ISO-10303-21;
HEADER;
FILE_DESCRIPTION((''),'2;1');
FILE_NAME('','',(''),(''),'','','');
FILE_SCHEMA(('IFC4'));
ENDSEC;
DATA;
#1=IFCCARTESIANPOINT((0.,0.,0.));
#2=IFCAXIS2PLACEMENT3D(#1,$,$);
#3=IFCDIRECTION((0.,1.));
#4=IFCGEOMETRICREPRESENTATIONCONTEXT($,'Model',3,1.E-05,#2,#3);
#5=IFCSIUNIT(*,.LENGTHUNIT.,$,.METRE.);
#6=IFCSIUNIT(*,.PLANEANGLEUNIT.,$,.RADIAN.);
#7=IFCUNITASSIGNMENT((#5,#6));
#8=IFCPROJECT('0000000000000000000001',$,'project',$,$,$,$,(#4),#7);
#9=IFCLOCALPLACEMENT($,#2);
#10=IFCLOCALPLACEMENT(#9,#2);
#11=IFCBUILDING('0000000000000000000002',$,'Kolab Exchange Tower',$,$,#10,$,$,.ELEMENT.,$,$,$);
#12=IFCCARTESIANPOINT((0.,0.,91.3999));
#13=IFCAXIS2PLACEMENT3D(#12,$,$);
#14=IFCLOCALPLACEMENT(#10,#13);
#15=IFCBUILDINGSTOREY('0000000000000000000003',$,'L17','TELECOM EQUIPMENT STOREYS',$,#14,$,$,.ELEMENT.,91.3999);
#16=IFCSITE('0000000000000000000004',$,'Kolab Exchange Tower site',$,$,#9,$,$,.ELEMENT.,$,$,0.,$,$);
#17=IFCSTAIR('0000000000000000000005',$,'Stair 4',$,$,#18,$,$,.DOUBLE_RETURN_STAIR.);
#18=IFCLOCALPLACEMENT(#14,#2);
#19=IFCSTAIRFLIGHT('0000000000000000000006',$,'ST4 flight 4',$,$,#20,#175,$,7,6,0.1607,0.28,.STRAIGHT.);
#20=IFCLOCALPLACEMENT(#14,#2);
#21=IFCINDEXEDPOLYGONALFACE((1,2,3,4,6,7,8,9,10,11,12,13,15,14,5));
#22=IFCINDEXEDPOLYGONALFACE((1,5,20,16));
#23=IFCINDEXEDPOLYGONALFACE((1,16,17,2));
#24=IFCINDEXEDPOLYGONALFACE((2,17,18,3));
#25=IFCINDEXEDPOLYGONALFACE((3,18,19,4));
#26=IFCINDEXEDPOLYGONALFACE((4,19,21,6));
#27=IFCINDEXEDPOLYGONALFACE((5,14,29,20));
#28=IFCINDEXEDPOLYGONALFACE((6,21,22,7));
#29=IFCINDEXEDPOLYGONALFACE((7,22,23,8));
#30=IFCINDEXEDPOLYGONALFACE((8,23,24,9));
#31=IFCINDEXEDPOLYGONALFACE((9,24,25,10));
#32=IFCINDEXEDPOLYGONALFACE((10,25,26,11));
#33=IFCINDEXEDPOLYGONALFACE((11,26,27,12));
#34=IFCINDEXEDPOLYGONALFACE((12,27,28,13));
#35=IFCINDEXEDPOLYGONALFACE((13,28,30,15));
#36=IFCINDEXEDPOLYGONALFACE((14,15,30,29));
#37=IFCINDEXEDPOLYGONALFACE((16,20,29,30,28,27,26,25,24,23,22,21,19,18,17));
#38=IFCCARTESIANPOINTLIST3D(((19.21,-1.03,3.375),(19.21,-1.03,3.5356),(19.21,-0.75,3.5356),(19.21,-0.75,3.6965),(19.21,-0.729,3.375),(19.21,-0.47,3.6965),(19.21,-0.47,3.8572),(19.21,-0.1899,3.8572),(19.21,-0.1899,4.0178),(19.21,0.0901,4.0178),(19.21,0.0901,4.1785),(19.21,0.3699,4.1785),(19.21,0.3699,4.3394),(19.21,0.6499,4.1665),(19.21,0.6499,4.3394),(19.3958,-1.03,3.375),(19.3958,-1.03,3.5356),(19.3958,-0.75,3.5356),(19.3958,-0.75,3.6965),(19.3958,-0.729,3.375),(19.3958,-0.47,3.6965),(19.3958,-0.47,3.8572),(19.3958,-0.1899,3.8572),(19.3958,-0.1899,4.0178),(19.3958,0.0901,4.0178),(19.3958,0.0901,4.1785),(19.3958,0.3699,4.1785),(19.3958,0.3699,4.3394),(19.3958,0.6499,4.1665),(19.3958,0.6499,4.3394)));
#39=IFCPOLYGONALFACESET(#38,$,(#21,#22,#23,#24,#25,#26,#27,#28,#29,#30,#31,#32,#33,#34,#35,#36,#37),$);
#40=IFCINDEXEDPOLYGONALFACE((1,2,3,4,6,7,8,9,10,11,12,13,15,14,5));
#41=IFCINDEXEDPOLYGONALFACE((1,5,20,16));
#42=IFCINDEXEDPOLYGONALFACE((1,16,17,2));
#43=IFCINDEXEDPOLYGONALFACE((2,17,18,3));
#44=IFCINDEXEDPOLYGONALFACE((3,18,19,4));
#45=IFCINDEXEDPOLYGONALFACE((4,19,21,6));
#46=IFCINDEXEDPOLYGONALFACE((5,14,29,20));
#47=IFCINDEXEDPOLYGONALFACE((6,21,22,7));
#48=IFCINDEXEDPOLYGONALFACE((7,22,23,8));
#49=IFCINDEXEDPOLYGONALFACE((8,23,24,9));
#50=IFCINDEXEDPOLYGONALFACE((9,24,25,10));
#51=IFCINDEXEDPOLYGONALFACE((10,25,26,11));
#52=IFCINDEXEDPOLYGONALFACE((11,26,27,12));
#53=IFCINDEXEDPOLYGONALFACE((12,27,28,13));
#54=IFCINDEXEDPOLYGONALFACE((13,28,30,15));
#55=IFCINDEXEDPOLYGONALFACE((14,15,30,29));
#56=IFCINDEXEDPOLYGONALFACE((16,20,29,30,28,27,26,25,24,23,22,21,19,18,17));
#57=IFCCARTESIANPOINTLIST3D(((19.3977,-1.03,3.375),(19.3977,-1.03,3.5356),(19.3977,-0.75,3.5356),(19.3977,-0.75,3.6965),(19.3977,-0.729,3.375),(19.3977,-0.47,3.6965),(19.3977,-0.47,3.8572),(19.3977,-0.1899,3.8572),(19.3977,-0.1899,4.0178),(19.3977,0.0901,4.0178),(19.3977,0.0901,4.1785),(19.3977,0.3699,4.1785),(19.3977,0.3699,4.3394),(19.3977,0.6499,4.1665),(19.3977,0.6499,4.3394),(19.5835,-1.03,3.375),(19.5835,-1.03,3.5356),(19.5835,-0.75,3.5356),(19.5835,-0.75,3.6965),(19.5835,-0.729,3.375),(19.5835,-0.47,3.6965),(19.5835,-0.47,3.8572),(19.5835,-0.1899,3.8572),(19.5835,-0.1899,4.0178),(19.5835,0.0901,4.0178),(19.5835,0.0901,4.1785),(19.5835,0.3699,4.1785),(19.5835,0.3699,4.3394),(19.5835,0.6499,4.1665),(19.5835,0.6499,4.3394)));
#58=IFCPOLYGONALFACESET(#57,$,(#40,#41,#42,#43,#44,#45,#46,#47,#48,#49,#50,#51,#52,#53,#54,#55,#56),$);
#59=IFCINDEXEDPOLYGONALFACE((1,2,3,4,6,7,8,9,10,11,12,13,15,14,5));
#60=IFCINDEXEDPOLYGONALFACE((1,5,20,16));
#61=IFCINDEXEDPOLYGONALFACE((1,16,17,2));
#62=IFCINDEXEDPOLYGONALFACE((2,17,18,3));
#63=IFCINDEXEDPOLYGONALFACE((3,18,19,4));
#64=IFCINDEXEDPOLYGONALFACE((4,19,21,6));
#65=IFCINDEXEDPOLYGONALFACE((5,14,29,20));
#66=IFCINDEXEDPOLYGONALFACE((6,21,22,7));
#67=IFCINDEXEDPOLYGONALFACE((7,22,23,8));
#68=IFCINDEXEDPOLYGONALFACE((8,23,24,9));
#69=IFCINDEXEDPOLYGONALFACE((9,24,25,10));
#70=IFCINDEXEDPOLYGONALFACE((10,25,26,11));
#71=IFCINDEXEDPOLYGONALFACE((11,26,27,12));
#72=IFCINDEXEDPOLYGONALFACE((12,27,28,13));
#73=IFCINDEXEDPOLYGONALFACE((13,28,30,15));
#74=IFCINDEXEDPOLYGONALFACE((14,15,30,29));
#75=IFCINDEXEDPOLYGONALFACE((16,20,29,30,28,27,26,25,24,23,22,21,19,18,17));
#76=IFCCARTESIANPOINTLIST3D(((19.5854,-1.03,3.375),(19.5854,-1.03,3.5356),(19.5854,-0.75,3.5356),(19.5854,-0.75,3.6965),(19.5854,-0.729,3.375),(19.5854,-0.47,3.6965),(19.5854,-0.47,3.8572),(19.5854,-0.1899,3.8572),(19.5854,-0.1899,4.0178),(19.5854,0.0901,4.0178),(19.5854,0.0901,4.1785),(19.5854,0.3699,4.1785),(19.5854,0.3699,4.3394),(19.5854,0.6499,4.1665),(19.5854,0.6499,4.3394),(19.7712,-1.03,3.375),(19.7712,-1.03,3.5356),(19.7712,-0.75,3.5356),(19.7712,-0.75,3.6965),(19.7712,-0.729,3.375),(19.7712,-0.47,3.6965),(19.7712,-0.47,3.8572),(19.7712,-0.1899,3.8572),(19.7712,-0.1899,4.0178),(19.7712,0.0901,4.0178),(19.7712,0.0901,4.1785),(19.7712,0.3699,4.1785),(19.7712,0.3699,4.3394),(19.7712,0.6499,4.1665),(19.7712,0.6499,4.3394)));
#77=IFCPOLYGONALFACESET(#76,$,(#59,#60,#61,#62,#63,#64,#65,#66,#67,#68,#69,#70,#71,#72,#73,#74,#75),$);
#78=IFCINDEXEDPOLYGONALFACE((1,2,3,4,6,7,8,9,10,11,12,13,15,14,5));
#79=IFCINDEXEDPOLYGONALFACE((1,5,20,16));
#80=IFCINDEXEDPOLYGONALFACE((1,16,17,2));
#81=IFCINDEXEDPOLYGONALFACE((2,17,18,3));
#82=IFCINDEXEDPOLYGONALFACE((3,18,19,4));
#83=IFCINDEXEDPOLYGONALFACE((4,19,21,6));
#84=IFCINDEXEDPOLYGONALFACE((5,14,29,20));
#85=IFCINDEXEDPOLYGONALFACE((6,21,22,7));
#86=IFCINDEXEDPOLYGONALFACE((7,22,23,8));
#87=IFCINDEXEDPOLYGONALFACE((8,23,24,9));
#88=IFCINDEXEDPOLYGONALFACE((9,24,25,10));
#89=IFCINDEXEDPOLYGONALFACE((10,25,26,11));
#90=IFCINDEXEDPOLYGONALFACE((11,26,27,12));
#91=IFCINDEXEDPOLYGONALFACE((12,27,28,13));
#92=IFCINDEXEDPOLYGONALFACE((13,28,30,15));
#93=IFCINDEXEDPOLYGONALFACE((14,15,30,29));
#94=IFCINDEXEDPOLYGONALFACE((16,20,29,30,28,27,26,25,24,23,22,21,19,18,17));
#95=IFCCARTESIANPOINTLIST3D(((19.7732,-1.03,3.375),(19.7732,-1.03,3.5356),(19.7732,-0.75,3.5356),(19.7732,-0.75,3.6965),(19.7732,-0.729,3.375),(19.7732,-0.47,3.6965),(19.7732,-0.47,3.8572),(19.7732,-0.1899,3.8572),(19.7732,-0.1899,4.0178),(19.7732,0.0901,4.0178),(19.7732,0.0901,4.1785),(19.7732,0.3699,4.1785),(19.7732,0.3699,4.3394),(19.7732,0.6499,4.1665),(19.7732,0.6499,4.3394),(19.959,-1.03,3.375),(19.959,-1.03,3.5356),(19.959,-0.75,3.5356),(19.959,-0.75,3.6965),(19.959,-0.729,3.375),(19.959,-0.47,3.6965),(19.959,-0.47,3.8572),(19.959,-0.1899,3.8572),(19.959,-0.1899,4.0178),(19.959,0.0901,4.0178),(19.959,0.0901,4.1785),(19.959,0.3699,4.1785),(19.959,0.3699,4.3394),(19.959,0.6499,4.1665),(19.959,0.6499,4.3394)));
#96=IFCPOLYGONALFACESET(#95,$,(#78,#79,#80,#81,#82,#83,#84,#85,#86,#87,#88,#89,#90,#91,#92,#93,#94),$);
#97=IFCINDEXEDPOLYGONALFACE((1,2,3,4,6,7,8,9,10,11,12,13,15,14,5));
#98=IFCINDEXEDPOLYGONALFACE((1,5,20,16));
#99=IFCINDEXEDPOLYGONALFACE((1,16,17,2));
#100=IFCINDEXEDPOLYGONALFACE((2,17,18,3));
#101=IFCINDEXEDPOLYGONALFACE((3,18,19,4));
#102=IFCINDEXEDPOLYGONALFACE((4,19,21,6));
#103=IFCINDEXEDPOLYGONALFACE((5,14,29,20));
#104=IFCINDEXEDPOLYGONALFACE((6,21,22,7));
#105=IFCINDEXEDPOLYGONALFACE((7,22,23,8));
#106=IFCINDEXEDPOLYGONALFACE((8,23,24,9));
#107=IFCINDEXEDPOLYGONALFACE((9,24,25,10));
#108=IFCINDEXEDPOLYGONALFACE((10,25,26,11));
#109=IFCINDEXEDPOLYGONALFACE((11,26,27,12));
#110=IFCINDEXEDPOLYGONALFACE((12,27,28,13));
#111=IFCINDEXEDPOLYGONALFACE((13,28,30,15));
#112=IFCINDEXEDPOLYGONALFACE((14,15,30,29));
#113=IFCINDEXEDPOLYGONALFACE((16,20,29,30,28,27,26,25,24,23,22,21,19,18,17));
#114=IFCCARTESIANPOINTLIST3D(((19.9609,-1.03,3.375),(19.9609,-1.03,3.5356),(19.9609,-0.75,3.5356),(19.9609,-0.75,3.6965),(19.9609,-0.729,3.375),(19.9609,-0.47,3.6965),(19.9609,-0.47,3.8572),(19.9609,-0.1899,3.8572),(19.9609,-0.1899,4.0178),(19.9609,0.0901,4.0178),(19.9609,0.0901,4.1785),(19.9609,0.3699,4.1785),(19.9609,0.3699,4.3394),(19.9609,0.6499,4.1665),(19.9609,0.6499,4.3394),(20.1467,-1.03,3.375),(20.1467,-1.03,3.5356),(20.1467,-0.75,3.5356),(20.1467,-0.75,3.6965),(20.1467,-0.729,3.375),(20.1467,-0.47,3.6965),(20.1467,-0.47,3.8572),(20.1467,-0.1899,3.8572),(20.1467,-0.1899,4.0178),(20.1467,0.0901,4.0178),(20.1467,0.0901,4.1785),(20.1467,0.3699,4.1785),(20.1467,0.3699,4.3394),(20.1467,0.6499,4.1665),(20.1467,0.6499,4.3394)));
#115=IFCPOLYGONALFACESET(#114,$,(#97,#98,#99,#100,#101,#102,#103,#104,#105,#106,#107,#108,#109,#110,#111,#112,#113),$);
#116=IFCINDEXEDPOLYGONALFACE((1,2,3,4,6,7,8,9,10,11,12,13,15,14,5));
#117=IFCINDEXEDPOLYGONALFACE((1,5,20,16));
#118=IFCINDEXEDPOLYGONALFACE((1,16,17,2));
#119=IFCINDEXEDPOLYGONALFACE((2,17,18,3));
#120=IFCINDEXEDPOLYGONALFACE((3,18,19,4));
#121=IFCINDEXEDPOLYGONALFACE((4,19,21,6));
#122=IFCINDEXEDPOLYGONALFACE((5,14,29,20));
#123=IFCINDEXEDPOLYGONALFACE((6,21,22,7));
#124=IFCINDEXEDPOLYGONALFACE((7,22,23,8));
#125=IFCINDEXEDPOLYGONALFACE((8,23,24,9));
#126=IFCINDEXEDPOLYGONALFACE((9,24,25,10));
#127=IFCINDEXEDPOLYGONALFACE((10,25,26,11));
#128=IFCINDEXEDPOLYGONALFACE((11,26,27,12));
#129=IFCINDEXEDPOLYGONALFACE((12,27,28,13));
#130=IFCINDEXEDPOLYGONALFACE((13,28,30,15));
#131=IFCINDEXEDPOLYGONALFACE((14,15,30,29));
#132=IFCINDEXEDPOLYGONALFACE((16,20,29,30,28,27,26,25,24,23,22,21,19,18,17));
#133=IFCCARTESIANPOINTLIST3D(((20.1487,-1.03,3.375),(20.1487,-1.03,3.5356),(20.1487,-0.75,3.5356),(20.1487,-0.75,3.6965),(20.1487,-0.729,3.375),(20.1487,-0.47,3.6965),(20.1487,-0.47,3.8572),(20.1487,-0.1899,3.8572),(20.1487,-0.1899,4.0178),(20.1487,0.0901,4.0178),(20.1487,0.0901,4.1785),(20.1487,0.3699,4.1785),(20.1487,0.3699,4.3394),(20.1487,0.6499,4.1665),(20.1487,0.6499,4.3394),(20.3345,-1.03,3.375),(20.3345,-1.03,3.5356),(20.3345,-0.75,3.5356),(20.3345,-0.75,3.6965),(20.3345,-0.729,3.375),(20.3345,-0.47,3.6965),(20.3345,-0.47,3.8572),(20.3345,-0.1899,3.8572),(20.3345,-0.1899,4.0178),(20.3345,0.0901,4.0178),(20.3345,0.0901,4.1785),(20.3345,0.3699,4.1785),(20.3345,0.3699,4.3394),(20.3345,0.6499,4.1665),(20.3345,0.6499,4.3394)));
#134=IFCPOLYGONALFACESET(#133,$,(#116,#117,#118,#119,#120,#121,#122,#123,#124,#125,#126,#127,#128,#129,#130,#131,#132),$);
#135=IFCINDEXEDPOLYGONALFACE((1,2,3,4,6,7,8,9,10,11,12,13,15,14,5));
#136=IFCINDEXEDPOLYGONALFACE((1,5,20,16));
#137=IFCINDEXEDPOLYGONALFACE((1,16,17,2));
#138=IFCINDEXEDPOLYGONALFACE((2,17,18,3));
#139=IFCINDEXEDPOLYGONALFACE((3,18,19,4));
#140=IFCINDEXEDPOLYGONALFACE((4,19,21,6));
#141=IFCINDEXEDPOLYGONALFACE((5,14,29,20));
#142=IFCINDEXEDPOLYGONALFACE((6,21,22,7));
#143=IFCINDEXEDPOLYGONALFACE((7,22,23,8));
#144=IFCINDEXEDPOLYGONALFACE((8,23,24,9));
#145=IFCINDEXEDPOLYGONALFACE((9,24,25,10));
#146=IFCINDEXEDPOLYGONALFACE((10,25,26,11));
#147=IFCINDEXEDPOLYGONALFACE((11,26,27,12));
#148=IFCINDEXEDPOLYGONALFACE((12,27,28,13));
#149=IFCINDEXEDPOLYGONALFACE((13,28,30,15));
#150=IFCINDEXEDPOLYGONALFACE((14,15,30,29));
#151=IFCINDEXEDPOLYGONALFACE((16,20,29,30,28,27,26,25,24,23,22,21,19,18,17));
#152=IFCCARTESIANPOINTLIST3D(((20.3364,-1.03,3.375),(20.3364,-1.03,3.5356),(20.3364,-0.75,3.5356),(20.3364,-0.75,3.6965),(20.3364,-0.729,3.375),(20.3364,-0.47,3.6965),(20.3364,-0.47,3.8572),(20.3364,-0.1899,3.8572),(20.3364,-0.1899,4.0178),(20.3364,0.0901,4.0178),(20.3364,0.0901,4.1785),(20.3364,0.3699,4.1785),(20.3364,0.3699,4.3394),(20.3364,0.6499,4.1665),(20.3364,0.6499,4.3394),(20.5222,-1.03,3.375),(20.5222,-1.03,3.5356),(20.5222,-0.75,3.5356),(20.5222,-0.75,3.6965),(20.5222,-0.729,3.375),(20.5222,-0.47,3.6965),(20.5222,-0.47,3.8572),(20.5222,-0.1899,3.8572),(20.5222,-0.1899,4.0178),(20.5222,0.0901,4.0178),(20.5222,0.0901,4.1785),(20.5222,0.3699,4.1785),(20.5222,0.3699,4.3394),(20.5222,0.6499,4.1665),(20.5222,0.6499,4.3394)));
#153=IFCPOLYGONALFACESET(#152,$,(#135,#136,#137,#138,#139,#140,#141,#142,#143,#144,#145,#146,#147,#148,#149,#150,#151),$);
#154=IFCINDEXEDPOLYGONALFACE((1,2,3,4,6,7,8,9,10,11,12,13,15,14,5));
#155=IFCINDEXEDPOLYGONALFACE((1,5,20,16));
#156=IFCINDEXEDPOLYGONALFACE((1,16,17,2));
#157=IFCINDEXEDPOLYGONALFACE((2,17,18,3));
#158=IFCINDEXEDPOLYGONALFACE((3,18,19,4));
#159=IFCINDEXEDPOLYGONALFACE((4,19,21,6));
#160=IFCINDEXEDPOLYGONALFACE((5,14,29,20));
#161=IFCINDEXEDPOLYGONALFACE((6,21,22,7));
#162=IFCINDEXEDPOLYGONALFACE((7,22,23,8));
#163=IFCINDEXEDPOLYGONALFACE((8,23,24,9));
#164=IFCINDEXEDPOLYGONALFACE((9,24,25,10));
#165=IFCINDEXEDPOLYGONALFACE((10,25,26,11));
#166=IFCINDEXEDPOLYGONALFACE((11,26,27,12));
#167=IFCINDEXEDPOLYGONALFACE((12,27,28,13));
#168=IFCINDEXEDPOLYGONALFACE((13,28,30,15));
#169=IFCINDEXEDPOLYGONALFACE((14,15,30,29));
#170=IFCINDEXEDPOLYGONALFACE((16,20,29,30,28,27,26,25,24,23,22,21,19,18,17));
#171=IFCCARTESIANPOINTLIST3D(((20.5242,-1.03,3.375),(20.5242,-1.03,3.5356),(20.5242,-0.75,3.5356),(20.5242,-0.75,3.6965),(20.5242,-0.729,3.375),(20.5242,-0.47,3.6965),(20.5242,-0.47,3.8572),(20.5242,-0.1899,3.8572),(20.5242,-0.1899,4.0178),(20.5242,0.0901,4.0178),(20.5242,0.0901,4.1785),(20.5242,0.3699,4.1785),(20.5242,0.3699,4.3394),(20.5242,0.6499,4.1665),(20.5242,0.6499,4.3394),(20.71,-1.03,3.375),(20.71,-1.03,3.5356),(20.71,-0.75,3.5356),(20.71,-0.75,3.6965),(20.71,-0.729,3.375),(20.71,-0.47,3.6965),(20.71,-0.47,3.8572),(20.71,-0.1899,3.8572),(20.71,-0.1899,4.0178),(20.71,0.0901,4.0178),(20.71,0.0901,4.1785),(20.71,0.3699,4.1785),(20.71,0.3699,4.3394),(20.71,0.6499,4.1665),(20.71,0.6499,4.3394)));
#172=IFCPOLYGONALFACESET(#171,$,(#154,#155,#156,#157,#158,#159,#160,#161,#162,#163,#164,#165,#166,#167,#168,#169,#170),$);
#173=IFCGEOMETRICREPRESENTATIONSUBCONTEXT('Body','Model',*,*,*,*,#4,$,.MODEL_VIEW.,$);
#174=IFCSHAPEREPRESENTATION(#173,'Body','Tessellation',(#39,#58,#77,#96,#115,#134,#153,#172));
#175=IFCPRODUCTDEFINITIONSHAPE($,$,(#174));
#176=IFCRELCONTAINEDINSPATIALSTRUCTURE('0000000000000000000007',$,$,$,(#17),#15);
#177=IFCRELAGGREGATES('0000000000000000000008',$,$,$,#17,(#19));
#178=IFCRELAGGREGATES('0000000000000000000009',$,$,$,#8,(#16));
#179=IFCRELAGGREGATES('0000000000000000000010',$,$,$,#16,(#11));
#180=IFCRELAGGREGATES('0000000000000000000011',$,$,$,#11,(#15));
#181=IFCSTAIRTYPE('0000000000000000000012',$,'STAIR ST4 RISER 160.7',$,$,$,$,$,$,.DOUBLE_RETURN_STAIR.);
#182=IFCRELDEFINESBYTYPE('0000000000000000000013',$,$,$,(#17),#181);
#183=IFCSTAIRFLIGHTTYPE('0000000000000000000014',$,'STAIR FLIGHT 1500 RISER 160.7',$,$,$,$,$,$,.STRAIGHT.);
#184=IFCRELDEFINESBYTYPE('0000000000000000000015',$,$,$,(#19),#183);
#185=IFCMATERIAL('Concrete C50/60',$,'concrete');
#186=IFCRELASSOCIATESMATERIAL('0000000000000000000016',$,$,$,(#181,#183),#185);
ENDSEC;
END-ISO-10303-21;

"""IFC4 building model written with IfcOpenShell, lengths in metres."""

from ifc_helpers import new_model, si_unit, direction, frame, origin, place, context, subcontext, project, spatial, polyline, outline, extrude, material, type_object, element, aggregate, save


model = new_model("IFC4")

# Units and contexts
model_context = context("Model", 3, precision=1e-05, world=origin(), true_north=direction((0.0, 1.0)))
body_context = subcontext(model_context, "Body", "Model", "MODEL_VIEW")
ifc_project = project(units=[si_unit("LENGTHUNIT", "METRE"), si_unit("PLANEANGLEUNIT", "RADIAN")], contexts=[model_context])

# Site, building, storey
site_placement = place(None, origin())
site = spatial("IfcSite", under=ifc_project, at=site_placement, Name="Kolab Exchange Tower site", CompositionType="ELEMENT", RefElevation=0.0)
building_placement = place(site_placement, origin())
building = spatial("IfcBuilding", under=site, at=building_placement, Name="Kolab Exchange Tower", CompositionType="ELEMENT")
storey_placement = place(building_placement, frame((0.0, 0.0, 91.3999)))
storey = spatial("IfcBuildingStorey", under=building, at=storey_placement, Name="L17", Description="TELECOM EQUIPMENT STOREYS", CompositionType="ELEMENT", Elevation=91.3999)

# Shared definitions
ifc_material_1 = material(Name="Concrete C50/60", Category="concrete")

# Stair, stair flight
stair_type = type_object("IfcStairType", Name="STAIR ST4 RISER 160.7", PredefinedType="DOUBLE_RETURN_STAIR", material=ifc_material_1)
stair_placement = place(storey_placement, origin())
stair = element("IfcStair", 1, at=stair_placement, inside=storey, type_object=stair_type, Name="Stair 4", PredefinedType="DOUBLE_RETURN_STAIR")
stair_flight_type = type_object("IfcStairFlightType", Name="STAIR FLIGHT 1500 RISER 160.7", PredefinedType="STRAIGHT", material=ifc_material_1)
stair_flight_1_placement = place(storey_placement, frame((19.96, -1.03, 3.375), z_axis=(0.0, 0.0, 1.0), x_axis=(0.0, 1.0, 0.0)))
stair_flight_1 = element("IfcStairFlight", 2, at=stair_flight_1_placement, type_object=stair_flight_type, Name="ST4 flight 4", NumberOfRisers=7, NumberOfTreads=6, PredefinedType="STRAIGHT", RiserHeight=0.1607, TreadLength=0.28, context=body_context, shape_type="SweptSolid", body=[
    extrude(outline(polyline([(0.0, 0.0), (0.0, 0.1606), (0.28, 0.1606), (0.28, 0.3215), (0.5601, 0.3215), (0.5601, 0.4822), (0.8401, 0.4822), (0.8401, 0.6428), (1.1201, 0.6428), (1.1201, 0.8035), (1.3999, 0.8035), (1.3999, 0.9644), (1.6799, 0.9644), (1.6799, 1.125), (1.6799, 0.7915), (0.301, 0.0), (0.0, 0.0)])), frame((0.0, 0.75, 0.0), z_axis=(0.0, -1.0, 0.0), x_axis=(1.0, 0.0, 0.0)), (0.0, 0.0, 1.0), 0.1858),
    extrude(outline(polyline([(0.0, 0.0), (0.0, 0.1606), (0.28, 0.1606), (0.28, 0.3215), (0.5601, 0.3215), (0.5601, 0.4822), (0.8401, 0.4822), (0.8401, 0.6428), (1.1201, 0.6428), (1.1201, 0.8035), (1.3999, 0.8035), (1.3999, 0.9644), (1.6799, 0.9644), (1.6799, 1.125), (1.6799, 0.7915), (0.301, 0.0), (0.0, 0.0)])), frame((0.0, 0.5623, 0.0), z_axis=(0.0, -1.0, 0.0), x_axis=(1.0, 0.0, 0.0)), (0.0, 0.0, 1.0), 0.1858),
    extrude(outline(polyline([(0.0, 0.0), (0.0, 0.1606), (0.28, 0.1606), (0.28, 0.3215), (0.5601, 0.3215), (0.5601, 0.4822), (0.8401, 0.4822), (0.8401, 0.6428), (1.1201, 0.6428), (1.1201, 0.8035), (1.3999, 0.8035), (1.3999, 0.9644), (1.6799, 0.9644), (1.6799, 1.125), (1.6799, 0.7915), (0.301, 0.0), (0.0, 0.0)])), frame((0.0, 0.3745, 0.0), z_axis=(0.0, -1.0, 0.0), x_axis=(1.0, 0.0, 0.0)), (0.0, 0.0, 1.0), 0.1858),
    extrude(outline(polyline([(0.0, 0.0), (0.0, 0.1606), (0.28, 0.1606), (0.28, 0.3215), (0.5601, 0.3215), (0.5601, 0.4822), (0.8401, 0.4822), (0.8401, 0.6428), (1.1201, 0.6428), (1.1201, 0.8035), (1.3999, 0.8035), (1.3999, 0.9644), (1.6799, 0.9644), (1.6799, 1.125), (1.6799, 0.7915), (0.301, 0.0), (0.0, 0.0)])), frame((0.0, 0.1868, 0.0), z_axis=(0.0, -1.0, 0.0), x_axis=(1.0, 0.0, 0.0)), (0.0, 0.0, 1.0), 0.1858),
    extrude(outline(polyline([(0.0, 0.0), (0.0, 0.1606), (0.28, 0.1606), (0.28, 0.3215), (0.5601, 0.3215), (0.5601, 0.4822), (0.8401, 0.4822), (0.8401, 0.6428), (1.1201, 0.6428), (1.1201, 0.8035), (1.3999, 0.8035), (1.3999, 0.9644), (1.6799, 0.9644), (1.6799, 1.125), (1.6799, 0.7915), (0.301, 0.0), (0.0, 0.0)])), frame((0.0, -0.001, 0.0), z_axis=(0.0, -1.0, 0.0), x_axis=(1.0, 0.0, 0.0)), (0.0, 0.0, 1.0), 0.1858),
    extrude(outline(polyline([(0.0, 0.0), (0.0, 0.1606), (0.28, 0.1606), (0.28, 0.3215), (0.5601, 0.3215), (0.5601, 0.4822), (0.8401, 0.4822), (0.8401, 0.6428), (1.1201, 0.6428), (1.1201, 0.8035), (1.3999, 0.8035), (1.3999, 0.9644), (1.6799, 0.9644), (1.6799, 1.125), (1.6799, 0.7915), (0.301, 0.0), (0.0, 0.0)])), frame((0.0, -0.1887, 0.0), z_axis=(0.0, -1.0, 0.0), x_axis=(1.0, 0.0, 0.0)), (0.0, 0.0, 1.0), 0.1858),
    extrude(outline(polyline([(0.0, 0.0), (0.0, 0.1606), (0.28, 0.1606), (0.28, 0.3215), (0.5601, 0.3215), (0.5601, 0.4822), (0.8401, 0.4822), (0.8401, 0.6428), (1.1201, 0.6428), (1.1201, 0.8035), (1.3999, 0.8035), (1.3999, 0.9644), (1.6799, 0.9644), (1.6799, 1.125), (1.6799, 0.7915), (0.301, 0.0), (0.0, 0.0)])), frame((0.0, -0.3765, 0.0), z_axis=(0.0, -1.0, 0.0), x_axis=(1.0, 0.0, 0.0)), (0.0, 0.0, 1.0), 0.1858),
    extrude(outline(polyline([(0.0, 0.0), (0.0, 0.1606), (0.28, 0.1606), (0.28, 0.3215), (0.5601, 0.3215), (0.5601, 0.4822), (0.8401, 0.4822), (0.8401, 0.6428), (1.1201, 0.6428), (1.1201, 0.8035), (1.3999, 0.8035), (1.3999, 0.9644), (1.6799, 0.9644), (1.6799, 1.125), (1.6799, 0.7915), (0.301, 0.0), (0.0, 0.0)])), frame((0.0, -0.5642, 0.0), z_axis=(0.0, -1.0, 0.0), x_axis=(1.0, 0.0, 0.0)), (0.0, 0.0, 1.0), 0.1858),
])
aggregate(stair, [stair_flight_1])

save(model, "model.ifc")
